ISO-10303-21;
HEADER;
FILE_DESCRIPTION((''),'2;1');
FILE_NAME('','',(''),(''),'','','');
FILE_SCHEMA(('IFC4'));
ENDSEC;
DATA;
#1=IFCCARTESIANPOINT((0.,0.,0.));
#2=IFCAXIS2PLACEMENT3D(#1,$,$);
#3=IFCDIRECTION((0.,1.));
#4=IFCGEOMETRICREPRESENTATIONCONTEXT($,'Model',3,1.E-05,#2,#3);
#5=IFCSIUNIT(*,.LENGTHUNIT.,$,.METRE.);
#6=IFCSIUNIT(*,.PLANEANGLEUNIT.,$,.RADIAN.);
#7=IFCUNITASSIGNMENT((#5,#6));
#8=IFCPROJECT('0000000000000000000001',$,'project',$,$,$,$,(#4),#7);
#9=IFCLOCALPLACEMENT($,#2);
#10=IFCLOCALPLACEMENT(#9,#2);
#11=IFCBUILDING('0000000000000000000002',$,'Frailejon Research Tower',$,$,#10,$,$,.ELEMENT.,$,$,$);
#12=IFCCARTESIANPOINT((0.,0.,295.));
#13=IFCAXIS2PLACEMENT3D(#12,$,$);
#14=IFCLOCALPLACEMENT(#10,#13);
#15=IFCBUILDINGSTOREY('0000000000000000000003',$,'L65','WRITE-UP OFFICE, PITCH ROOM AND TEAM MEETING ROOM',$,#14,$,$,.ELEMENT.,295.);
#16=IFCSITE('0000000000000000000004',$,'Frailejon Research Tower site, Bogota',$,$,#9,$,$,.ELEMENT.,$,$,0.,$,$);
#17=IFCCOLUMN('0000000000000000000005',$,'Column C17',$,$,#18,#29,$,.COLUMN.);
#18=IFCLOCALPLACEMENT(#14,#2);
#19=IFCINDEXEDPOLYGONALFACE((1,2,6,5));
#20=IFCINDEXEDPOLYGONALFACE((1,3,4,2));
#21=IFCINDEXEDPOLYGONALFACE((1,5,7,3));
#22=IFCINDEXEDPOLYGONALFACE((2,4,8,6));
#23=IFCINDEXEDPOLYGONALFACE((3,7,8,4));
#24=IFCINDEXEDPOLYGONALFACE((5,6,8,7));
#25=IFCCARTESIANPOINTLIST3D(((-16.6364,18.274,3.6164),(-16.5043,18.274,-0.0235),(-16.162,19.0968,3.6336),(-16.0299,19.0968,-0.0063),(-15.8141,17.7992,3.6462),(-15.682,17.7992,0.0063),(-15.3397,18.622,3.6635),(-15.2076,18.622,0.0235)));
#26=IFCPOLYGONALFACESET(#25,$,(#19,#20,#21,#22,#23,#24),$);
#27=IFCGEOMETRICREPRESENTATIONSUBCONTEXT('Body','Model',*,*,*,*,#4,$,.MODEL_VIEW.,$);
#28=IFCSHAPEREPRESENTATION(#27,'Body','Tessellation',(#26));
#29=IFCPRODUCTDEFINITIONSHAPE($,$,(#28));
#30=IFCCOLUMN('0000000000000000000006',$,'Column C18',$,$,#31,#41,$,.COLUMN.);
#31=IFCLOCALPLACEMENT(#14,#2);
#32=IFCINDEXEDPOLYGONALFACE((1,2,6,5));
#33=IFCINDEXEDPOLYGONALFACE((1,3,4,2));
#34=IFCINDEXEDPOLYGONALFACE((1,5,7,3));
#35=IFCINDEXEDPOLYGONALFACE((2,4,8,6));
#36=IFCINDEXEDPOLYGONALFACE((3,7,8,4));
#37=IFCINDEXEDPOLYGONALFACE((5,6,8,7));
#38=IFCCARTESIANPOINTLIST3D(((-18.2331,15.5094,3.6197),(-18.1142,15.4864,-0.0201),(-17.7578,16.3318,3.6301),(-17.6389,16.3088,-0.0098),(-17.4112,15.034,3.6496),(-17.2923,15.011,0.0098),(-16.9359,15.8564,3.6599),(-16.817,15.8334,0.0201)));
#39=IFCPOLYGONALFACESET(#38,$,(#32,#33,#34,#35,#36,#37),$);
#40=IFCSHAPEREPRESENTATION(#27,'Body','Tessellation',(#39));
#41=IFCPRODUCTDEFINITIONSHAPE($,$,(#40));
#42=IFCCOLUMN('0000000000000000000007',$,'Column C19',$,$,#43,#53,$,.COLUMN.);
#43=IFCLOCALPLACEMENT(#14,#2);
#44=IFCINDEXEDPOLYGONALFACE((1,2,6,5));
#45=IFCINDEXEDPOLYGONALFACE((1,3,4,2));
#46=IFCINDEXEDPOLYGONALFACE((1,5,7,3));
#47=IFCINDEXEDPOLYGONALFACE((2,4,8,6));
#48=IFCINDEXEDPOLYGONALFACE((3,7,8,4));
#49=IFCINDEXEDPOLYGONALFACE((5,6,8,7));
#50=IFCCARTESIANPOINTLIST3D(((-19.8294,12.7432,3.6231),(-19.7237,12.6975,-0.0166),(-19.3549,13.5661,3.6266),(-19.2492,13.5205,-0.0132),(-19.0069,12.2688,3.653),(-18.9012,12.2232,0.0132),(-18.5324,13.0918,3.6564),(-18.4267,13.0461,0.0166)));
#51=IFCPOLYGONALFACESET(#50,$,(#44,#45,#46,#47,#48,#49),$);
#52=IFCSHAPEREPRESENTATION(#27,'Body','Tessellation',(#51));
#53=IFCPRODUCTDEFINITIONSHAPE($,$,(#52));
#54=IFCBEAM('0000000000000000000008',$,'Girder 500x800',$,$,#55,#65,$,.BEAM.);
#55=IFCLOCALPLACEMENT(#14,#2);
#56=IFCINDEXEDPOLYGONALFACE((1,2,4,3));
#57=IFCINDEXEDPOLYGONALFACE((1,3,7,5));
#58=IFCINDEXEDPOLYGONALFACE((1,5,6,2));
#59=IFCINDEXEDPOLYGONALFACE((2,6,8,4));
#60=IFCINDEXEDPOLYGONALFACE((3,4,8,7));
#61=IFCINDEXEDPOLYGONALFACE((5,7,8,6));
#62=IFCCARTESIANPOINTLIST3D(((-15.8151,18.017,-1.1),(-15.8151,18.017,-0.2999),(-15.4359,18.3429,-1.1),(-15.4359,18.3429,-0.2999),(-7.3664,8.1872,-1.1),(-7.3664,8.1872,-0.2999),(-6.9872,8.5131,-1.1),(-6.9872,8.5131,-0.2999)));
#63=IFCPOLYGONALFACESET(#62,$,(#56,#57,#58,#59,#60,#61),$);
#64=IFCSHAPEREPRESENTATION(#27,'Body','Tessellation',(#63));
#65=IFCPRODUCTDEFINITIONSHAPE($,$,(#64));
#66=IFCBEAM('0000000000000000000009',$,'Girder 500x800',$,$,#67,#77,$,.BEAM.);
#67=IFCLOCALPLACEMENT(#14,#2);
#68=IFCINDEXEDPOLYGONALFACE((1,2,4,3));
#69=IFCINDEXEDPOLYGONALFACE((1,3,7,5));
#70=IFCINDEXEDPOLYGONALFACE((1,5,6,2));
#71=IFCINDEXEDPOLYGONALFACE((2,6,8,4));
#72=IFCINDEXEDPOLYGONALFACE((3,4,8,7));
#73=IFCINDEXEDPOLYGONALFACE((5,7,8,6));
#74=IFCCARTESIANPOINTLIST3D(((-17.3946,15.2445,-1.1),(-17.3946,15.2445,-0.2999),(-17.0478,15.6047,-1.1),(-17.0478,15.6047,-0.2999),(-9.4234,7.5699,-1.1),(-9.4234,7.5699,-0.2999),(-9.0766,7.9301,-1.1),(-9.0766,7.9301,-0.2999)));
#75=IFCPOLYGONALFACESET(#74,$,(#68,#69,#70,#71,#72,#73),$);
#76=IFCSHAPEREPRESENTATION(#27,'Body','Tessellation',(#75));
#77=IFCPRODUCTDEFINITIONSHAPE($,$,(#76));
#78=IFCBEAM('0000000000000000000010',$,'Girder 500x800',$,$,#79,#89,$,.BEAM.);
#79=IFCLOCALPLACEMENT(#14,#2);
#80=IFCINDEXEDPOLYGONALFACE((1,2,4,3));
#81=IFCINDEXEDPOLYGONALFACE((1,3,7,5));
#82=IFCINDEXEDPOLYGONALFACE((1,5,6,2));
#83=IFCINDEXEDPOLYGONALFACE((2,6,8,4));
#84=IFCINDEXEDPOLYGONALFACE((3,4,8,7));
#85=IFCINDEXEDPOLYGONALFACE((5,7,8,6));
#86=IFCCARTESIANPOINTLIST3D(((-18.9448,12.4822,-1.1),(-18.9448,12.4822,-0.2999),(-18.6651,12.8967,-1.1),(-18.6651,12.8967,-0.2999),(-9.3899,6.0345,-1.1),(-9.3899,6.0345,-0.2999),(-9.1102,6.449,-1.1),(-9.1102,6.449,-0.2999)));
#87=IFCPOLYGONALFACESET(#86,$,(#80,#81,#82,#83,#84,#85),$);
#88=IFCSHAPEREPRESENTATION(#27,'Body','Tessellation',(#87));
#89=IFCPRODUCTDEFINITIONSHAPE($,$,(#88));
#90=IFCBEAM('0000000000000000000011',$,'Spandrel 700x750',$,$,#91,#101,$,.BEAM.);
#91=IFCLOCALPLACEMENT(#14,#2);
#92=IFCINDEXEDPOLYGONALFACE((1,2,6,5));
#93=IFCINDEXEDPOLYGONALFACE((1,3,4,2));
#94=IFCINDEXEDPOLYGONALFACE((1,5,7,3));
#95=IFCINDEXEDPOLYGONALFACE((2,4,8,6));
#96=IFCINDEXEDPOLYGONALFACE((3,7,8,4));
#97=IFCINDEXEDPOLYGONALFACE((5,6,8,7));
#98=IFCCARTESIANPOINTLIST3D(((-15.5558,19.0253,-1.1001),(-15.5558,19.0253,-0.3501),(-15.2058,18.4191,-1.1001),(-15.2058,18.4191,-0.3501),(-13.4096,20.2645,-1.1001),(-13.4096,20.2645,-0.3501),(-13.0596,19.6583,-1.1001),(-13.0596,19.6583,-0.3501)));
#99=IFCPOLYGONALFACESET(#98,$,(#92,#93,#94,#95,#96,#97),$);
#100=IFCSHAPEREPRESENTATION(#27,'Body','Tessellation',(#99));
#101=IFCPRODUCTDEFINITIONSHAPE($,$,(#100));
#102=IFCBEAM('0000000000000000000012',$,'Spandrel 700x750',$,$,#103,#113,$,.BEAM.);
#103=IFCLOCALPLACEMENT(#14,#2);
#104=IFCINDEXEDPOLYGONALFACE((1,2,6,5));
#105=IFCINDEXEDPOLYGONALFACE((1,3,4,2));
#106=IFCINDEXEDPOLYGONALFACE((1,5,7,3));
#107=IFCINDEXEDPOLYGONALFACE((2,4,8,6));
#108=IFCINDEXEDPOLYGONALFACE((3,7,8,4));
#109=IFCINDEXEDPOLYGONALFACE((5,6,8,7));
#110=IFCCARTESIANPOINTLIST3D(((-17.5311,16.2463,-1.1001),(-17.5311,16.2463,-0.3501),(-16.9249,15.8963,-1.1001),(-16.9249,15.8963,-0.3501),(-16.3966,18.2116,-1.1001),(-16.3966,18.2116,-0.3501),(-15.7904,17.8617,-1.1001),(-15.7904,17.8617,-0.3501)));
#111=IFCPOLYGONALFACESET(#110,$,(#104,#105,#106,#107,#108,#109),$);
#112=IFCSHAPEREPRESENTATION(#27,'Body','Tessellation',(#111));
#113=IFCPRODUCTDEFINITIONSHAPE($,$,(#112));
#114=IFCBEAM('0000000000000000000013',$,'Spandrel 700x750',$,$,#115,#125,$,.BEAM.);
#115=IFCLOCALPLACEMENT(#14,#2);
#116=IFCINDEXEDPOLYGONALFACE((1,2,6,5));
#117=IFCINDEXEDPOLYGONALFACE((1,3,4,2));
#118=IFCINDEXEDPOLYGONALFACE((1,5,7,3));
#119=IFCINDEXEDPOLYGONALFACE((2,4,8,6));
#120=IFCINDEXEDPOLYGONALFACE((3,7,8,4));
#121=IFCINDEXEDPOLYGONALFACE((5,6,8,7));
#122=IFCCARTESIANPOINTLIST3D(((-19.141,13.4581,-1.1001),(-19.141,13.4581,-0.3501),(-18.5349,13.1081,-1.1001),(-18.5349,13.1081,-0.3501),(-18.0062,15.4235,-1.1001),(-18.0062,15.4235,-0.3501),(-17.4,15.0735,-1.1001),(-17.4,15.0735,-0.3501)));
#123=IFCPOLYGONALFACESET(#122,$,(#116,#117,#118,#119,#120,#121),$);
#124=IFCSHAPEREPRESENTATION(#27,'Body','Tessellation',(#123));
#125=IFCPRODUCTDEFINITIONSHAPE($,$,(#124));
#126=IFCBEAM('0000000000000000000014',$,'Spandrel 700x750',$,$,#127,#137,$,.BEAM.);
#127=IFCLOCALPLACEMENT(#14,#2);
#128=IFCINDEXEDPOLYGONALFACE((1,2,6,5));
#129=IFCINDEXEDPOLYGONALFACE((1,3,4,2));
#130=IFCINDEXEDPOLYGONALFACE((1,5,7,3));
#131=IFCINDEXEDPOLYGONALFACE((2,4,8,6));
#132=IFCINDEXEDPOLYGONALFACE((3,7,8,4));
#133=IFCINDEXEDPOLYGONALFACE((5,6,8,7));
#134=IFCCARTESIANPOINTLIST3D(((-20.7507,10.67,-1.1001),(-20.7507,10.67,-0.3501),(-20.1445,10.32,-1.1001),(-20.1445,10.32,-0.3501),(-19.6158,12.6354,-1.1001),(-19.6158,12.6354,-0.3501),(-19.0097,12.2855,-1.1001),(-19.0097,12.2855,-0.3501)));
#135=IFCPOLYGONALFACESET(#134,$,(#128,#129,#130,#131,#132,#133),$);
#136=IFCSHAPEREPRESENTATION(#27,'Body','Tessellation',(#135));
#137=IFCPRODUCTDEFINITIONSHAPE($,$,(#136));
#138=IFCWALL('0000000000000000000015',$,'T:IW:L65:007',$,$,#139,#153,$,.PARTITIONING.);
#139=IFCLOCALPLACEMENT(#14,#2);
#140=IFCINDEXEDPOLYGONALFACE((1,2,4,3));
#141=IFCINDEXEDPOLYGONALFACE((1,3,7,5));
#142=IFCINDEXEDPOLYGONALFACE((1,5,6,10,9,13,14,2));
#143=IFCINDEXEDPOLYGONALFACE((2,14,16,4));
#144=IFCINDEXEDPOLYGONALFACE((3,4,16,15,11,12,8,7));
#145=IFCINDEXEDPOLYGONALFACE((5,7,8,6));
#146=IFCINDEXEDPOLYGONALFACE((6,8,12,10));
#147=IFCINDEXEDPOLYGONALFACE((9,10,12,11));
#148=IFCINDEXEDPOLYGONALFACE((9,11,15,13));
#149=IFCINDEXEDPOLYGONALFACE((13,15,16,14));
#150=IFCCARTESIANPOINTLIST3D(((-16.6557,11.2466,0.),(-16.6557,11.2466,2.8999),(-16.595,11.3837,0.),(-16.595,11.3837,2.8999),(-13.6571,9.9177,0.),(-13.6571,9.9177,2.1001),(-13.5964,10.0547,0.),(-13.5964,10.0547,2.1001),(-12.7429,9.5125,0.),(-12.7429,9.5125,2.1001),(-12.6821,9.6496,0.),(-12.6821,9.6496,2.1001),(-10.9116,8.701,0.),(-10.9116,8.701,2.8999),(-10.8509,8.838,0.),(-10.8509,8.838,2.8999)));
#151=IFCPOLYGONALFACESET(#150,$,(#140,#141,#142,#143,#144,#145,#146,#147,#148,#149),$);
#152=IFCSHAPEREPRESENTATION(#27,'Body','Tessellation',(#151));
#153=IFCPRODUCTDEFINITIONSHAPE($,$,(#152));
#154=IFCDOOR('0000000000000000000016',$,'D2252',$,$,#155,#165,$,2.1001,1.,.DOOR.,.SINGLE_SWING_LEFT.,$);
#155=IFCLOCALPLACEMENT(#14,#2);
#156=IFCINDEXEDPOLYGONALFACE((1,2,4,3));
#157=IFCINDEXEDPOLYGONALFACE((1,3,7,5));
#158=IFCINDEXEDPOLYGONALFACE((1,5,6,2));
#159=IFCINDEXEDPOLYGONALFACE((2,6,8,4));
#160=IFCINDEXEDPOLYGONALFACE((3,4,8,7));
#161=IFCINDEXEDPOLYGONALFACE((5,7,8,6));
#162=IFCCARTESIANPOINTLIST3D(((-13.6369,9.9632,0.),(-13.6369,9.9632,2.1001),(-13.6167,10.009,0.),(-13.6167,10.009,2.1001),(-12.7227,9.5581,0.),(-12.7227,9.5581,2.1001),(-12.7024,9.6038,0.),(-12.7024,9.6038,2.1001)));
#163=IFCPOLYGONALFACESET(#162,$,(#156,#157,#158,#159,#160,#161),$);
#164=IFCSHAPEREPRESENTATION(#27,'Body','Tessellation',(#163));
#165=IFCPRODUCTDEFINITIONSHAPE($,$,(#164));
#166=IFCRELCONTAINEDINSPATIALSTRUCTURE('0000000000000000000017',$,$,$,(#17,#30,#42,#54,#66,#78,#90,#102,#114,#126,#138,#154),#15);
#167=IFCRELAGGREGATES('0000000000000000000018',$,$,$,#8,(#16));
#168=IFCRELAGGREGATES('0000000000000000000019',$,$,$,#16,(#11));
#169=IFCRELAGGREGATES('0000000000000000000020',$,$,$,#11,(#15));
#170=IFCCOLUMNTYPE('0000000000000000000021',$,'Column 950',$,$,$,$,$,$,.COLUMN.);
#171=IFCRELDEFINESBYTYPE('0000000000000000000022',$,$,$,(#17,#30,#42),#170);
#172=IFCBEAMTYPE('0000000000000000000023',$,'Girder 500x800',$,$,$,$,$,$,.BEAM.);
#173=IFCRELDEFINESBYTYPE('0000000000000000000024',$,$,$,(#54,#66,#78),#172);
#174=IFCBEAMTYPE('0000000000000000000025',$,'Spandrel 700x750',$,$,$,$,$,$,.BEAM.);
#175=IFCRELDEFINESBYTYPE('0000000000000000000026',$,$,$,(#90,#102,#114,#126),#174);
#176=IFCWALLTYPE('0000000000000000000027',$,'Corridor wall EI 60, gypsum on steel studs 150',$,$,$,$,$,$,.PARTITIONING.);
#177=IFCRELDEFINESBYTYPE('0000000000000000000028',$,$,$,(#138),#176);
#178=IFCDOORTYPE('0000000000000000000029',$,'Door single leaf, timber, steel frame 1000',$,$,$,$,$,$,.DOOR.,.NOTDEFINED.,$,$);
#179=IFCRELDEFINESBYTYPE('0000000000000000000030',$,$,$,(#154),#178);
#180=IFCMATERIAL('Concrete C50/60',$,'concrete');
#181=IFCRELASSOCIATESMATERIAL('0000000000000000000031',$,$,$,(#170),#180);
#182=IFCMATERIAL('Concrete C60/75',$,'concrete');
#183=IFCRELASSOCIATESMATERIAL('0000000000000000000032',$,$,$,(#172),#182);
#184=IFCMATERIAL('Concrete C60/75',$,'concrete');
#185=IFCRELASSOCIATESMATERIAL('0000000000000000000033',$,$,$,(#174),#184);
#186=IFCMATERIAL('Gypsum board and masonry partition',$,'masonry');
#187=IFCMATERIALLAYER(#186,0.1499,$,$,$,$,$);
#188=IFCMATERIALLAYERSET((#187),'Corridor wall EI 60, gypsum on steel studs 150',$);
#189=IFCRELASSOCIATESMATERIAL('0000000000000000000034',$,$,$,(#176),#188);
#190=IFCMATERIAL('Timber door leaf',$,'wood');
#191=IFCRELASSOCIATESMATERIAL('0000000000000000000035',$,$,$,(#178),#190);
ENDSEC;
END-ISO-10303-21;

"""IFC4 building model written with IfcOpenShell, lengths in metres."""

from ifc_helpers import new_model, si_unit, direction, frame, frame_2d, origin, origin_2d, place, context, subcontext, project, spatial, rectangle, extrude, material, layer, layer_set, material_profile, profile_set, type_object, element, fill, save


model = new_model("IFC4")

# Units and contexts
model_context = context("Model", 3, precision=1e-05, world=origin(), true_north=direction((0.0, 1.0)))
body_context = subcontext(model_context, "Body", "Model", "MODEL_VIEW")
ifc_project = project(units=[si_unit("LENGTHUNIT", "METRE"), si_unit("PLANEANGLEUNIT", "RADIAN")], contexts=[model_context])

# Site, building, storey
site_placement = place(None, origin())
site = spatial("IfcSite", under=ifc_project, at=site_placement, Name="Frailejon Research Tower site, Bogota", CompositionType="ELEMENT", RefElevation=0.0)
building_placement = place(site_placement, origin())
building = spatial("IfcBuilding", under=site, at=building_placement, Name="Frailejon Research Tower", CompositionType="ELEMENT")
storey_placement = place(building_placement, frame((0.0, 0.0, 295.0)))
storey = spatial("IfcBuildingStorey", under=building, at=storey_placement, Name="L65", Description="WRITE-UP OFFICE, PITCH ROOM AND TEAM MEETING ROOM", CompositionType="ELEMENT", Elevation=295.0)

# Columns
ifc_material_1 = material(Name="Concrete C50/60", Category="concrete")
ifc_material_profile_1 = material_profile(ifc_material_1, rectangle(XDim=0.95, YDim=0.95, at=origin_2d()), Name="Column 950")
ifc_profile_set_1 = profile_set([ifc_material_profile_1], Name="Concrete C50/60")
column_type = type_object("IfcColumnType", Name="Column 950", PredefinedType="COLUMN", material=ifc_profile_set_1)
column_1_placement = place(storey_placement, frame((-15.856, 18.448, 0.0), z_axis=(-0.036263, 0.0, 0.999342), x_axis=(-0.499425, -0.866168, -0.018123)))
element("IfcColumn", 1, at=column_1_placement, inside=storey, type_object=column_type, Name="Column C17", PredefinedType="COLUMN", context=body_context, shape_type="SweptSolid", body=[
    extrude(rectangle(XDim=0.95, YDim=0.95, at=origin_2d()), origin(), (0.0, 0.0, 1.0), 3.6423),
])
column_2_placement = place(storey_placement, frame((-17.4656, 15.6599, 0.0), z_axis=(-0.032647, 0.006301, 0.999447), x_axis=(-0.500366, -0.865745, -0.010886)))
element("IfcColumn", 2, at=column_2_placement, inside=storey, type_object=column_type, Name="Column C18", PredefinedType="COLUMN", context=body_context, shape_type="SweptSolid", body=[
    extrude(rectangle(XDim=0.95, YDim=0.95, at=origin_2d()), origin(), (0.0, 0.0, 1.0), 3.6418),
])
column_3_placement = place(storey_placement, frame((-19.0752, 12.8718, 0.0), z_axis=(-0.029028, 0.012536, 0.9995), x_axis=(-0.499521, -0.866294, -0.003642)))
element("IfcColumn", 3, at=column_3_placement, inside=storey, type_object=column_type, Name="Column C19", PredefinedType="COLUMN", context=body_context, shape_type="SweptSolid", body=[
    extrude(rectangle(XDim=0.95, YDim=0.95, at=origin_2d()), origin(), (0.0, 0.0, 1.0), 3.6416),
])

# Beams
ifc_material_2 = material(Name="Concrete C60/75", Category="concrete")
ifc_material_profile_2 = material_profile(ifc_material_2, rectangle(XDim=0.5, YDim=0.8, at=origin_2d()), Name="Girder 500x800")
ifc_profile_set_2 = profile_set([ifc_material_profile_2], Name="Concrete C60/75")
beam_type_1 = type_object("IfcBeamType", Name="Girder 500x800", PredefinedType="BEAM", material=ifc_profile_set_2)
beam_1_placement = place(storey_placement, frame((-15.6255, 18.1799, -0.7), z_axis=(0.651821, -0.758373, 0.0), x_axis=(0.758373, 0.651821, 0.0)))
element("IfcBeam", 4, at=beam_1_placement, inside=storey, type_object=beam_type_1, Name="Girder 500x800", PredefinedType="BEAM", context=body_context, shape_type="SweptSolid", body=[
    extrude(rectangle(XDim=0.5, YDim=0.8, at=origin_2d()), origin(), (0.0, 0.0, 1.0), 12.9617),
])
beam_2_placement = place(storey_placement, frame((-17.2212, 15.4246, -0.7), z_axis=(0.720383, -0.693576, 0.0), x_axis=(0.693576, 0.720383, 0.0)))
element("IfcBeam", 5, at=beam_2_placement, inside=storey, type_object=beam_type_1, Name="Girder 500x800", PredefinedType="BEAM", context=body_context, shape_type="SweptSolid", body=[
    extrude(rectangle(XDim=0.5, YDim=0.8, at=origin_2d()), origin(), (0.0, 0.0, 1.0), 11.0652),
])
beam_3_placement = place(storey_placement, frame((-18.8049, 12.6895, -0.7), z_axis=(0.828922, -0.559364, 0.0), x_axis=(0.559364, 0.828922, 0.0)))
element("IfcBeam", 6, at=beam_3_placement, inside=storey, type_object=beam_type_1, Name="Girder 500x800", PredefinedType="BEAM", context=body_context, shape_type="SweptSolid", body=[
    extrude(rectangle(XDim=0.5, YDim=0.8, at=origin_2d()), origin(), (0.0, 0.0, 1.0), 11.5269),
])
ifc_material_3 = material(Name="Concrete C60/75", Category="concrete")
ifc_material_profile_3 = material_profile(ifc_material_3, rectangle(XDim=0.7, YDim=0.75, at=origin_2d()), Name="Spandrel 700x750")
ifc_profile_set_3 = profile_set([ifc_material_profile_3], Name="Concrete C60/75")
beam_type_2 = type_object("IfcBeamType", Name="Spandrel 700x750", PredefinedType="BEAM", material=ifc_profile_set_3)
beam_4_placement = place(storey_placement, frame((-13.2346, 19.9614, -0.7251), z_axis=(-0.866003, -0.500038, 0.0), x_axis=(0.500038, -0.866003, 0.0)))
element("IfcBeam", 7, at=beam_4_placement, inside=storey, type_object=beam_type_2, Name="Spandrel 700x750", PredefinedType="BEAM", context=body_context, shape_type="SweptSolid", body=[
    extrude(rectangle(XDim=0.7, YDim=0.75, at=origin_2d()), origin(), (0.0, 0.0, 1.0), 2.4783),
])
beam_5_placement = place(storey_placement, frame((-16.0935, 18.0366, -0.7251), z_axis=(-0.499946, -0.866057, 0.0), x_axis=(0.866057, -0.499946, 0.0)))
element("IfcBeam", 8, at=beam_5_placement, inside=storey, type_object=beam_type_2, Name="Spandrel 700x750", PredefinedType="BEAM", context=body_context, shape_type="SweptSolid", body=[
    extrude(rectangle(XDim=0.7, YDim=0.75, at=origin_2d()), origin(), (0.0, 0.0, 1.0), 2.2693),
])
for number, where, z_axis, x_axis, name in (
    (9, (-17.7031, 15.2485, -0.7251), (-0.500027, -0.86601, 0.0), (0.86601, -0.500027, 0.0), "Spandrel 700x750"),
    (10, (-19.3127, 12.4604, -0.7251), (-0.500027, -0.86601, 0.0), (0.86601, -0.500027, 0.0), "Spandrel 700x750"),
):
    element("IfcBeam", number, at=place(storey_placement, frame(where, z_axis=z_axis, x_axis=x_axis)), inside=storey, type_object=beam_type_2, Name=name, PredefinedType="BEAM", context=body_context, shape_type="SweptSolid", body=[
        extrude(rectangle(XDim=0.7, YDim=0.75, at=origin_2d()), origin(), (0.0, 0.0, 1.0), 2.2695),
    ])

# Wall, opening, door
ifc_material_4 = material(Name="Gypsum board and masonry partition", Category="masonry")
ifc_layer_1 = layer(ifc_material_4, 0.1499)
ifc_layer_set_1 = layer_set([ifc_layer_1], Name="Corridor wall EI 60, gypsum on steel studs 150")
wall_type_1 = type_object("IfcWallType", Name="Corridor wall EI 60, gypsum on steel studs 150", PredefinedType="PARTITIONING", material=ifc_layer_set_1)
wall_1_placement = place(storey_placement, frame((-16.6255, 11.3152, 0.0), z_axis=(0.0, 0.0, 1.0), x_axis=(0.914242, -0.405168, 0.0)))
wall_1 = element("IfcWall", 11, at=wall_1_placement, inside=storey, type_object=wall_type_1, Name="T:IW:L65:007", PredefinedType="PARTITIONING", context=body_context, shape_type="SweptSolid", body=[
    extrude(rectangle(XDim=6.283, YDim=0.1499, at=frame_2d((3.1416, 0.0))), origin(), (0.0, 0.0, 1.0), 2.8999),
])
opening_1_placement = place(wall_1_placement, frame((3.28, 0.0, 0.0)))
opening_1 = element("IfcOpeningElement", 12, at=opening_1_placement, cuts=wall_1, PredefinedType="OPENING", context=body_context, shape_type="SweptSolid", body=[
    extrude(rectangle(XDim=1.0, YDim=2.1001, at=frame_2d((0.5, 1.05))), frame((0.0, 0.085, 0.0), z_axis=(0.0, -1.0, 0.0), x_axis=(1.0, 0.0, 0.0)), (0.0, 0.0, 1.0), 0.1699),
])
ifc_material_5 = material(Name="Timber door leaf", Category="wood")
door_type_1 = type_object("IfcDoorType", Name="Door single leaf, timber, steel frame 1000", OperationType="NOTDEFINED", PredefinedType="DOOR", material=ifc_material_5)
door_1_placement = place(opening_1_placement, origin())
door_1 = element("IfcDoor", 13, at=door_1_placement, inside=storey, type_object=door_type_1, Name="D2252", OperationType="SINGLE_SWING_LEFT", OverallHeight=2.1001, OverallWidth=1.0, PredefinedType="DOOR", context=body_context, shape_type="SweptSolid", body=[
    extrude(rectangle(XDim=1.0, YDim=2.1001, at=frame_2d((0.5, 1.05))), frame((0.0, 0.0249, 0.0), z_axis=(0.0, -1.0, 0.0), x_axis=(1.0, 0.0, 0.0)), (0.0, 0.0, 1.0), 0.05),
])
fill(opening_1, door_1)

save(model, "model.ifc")
